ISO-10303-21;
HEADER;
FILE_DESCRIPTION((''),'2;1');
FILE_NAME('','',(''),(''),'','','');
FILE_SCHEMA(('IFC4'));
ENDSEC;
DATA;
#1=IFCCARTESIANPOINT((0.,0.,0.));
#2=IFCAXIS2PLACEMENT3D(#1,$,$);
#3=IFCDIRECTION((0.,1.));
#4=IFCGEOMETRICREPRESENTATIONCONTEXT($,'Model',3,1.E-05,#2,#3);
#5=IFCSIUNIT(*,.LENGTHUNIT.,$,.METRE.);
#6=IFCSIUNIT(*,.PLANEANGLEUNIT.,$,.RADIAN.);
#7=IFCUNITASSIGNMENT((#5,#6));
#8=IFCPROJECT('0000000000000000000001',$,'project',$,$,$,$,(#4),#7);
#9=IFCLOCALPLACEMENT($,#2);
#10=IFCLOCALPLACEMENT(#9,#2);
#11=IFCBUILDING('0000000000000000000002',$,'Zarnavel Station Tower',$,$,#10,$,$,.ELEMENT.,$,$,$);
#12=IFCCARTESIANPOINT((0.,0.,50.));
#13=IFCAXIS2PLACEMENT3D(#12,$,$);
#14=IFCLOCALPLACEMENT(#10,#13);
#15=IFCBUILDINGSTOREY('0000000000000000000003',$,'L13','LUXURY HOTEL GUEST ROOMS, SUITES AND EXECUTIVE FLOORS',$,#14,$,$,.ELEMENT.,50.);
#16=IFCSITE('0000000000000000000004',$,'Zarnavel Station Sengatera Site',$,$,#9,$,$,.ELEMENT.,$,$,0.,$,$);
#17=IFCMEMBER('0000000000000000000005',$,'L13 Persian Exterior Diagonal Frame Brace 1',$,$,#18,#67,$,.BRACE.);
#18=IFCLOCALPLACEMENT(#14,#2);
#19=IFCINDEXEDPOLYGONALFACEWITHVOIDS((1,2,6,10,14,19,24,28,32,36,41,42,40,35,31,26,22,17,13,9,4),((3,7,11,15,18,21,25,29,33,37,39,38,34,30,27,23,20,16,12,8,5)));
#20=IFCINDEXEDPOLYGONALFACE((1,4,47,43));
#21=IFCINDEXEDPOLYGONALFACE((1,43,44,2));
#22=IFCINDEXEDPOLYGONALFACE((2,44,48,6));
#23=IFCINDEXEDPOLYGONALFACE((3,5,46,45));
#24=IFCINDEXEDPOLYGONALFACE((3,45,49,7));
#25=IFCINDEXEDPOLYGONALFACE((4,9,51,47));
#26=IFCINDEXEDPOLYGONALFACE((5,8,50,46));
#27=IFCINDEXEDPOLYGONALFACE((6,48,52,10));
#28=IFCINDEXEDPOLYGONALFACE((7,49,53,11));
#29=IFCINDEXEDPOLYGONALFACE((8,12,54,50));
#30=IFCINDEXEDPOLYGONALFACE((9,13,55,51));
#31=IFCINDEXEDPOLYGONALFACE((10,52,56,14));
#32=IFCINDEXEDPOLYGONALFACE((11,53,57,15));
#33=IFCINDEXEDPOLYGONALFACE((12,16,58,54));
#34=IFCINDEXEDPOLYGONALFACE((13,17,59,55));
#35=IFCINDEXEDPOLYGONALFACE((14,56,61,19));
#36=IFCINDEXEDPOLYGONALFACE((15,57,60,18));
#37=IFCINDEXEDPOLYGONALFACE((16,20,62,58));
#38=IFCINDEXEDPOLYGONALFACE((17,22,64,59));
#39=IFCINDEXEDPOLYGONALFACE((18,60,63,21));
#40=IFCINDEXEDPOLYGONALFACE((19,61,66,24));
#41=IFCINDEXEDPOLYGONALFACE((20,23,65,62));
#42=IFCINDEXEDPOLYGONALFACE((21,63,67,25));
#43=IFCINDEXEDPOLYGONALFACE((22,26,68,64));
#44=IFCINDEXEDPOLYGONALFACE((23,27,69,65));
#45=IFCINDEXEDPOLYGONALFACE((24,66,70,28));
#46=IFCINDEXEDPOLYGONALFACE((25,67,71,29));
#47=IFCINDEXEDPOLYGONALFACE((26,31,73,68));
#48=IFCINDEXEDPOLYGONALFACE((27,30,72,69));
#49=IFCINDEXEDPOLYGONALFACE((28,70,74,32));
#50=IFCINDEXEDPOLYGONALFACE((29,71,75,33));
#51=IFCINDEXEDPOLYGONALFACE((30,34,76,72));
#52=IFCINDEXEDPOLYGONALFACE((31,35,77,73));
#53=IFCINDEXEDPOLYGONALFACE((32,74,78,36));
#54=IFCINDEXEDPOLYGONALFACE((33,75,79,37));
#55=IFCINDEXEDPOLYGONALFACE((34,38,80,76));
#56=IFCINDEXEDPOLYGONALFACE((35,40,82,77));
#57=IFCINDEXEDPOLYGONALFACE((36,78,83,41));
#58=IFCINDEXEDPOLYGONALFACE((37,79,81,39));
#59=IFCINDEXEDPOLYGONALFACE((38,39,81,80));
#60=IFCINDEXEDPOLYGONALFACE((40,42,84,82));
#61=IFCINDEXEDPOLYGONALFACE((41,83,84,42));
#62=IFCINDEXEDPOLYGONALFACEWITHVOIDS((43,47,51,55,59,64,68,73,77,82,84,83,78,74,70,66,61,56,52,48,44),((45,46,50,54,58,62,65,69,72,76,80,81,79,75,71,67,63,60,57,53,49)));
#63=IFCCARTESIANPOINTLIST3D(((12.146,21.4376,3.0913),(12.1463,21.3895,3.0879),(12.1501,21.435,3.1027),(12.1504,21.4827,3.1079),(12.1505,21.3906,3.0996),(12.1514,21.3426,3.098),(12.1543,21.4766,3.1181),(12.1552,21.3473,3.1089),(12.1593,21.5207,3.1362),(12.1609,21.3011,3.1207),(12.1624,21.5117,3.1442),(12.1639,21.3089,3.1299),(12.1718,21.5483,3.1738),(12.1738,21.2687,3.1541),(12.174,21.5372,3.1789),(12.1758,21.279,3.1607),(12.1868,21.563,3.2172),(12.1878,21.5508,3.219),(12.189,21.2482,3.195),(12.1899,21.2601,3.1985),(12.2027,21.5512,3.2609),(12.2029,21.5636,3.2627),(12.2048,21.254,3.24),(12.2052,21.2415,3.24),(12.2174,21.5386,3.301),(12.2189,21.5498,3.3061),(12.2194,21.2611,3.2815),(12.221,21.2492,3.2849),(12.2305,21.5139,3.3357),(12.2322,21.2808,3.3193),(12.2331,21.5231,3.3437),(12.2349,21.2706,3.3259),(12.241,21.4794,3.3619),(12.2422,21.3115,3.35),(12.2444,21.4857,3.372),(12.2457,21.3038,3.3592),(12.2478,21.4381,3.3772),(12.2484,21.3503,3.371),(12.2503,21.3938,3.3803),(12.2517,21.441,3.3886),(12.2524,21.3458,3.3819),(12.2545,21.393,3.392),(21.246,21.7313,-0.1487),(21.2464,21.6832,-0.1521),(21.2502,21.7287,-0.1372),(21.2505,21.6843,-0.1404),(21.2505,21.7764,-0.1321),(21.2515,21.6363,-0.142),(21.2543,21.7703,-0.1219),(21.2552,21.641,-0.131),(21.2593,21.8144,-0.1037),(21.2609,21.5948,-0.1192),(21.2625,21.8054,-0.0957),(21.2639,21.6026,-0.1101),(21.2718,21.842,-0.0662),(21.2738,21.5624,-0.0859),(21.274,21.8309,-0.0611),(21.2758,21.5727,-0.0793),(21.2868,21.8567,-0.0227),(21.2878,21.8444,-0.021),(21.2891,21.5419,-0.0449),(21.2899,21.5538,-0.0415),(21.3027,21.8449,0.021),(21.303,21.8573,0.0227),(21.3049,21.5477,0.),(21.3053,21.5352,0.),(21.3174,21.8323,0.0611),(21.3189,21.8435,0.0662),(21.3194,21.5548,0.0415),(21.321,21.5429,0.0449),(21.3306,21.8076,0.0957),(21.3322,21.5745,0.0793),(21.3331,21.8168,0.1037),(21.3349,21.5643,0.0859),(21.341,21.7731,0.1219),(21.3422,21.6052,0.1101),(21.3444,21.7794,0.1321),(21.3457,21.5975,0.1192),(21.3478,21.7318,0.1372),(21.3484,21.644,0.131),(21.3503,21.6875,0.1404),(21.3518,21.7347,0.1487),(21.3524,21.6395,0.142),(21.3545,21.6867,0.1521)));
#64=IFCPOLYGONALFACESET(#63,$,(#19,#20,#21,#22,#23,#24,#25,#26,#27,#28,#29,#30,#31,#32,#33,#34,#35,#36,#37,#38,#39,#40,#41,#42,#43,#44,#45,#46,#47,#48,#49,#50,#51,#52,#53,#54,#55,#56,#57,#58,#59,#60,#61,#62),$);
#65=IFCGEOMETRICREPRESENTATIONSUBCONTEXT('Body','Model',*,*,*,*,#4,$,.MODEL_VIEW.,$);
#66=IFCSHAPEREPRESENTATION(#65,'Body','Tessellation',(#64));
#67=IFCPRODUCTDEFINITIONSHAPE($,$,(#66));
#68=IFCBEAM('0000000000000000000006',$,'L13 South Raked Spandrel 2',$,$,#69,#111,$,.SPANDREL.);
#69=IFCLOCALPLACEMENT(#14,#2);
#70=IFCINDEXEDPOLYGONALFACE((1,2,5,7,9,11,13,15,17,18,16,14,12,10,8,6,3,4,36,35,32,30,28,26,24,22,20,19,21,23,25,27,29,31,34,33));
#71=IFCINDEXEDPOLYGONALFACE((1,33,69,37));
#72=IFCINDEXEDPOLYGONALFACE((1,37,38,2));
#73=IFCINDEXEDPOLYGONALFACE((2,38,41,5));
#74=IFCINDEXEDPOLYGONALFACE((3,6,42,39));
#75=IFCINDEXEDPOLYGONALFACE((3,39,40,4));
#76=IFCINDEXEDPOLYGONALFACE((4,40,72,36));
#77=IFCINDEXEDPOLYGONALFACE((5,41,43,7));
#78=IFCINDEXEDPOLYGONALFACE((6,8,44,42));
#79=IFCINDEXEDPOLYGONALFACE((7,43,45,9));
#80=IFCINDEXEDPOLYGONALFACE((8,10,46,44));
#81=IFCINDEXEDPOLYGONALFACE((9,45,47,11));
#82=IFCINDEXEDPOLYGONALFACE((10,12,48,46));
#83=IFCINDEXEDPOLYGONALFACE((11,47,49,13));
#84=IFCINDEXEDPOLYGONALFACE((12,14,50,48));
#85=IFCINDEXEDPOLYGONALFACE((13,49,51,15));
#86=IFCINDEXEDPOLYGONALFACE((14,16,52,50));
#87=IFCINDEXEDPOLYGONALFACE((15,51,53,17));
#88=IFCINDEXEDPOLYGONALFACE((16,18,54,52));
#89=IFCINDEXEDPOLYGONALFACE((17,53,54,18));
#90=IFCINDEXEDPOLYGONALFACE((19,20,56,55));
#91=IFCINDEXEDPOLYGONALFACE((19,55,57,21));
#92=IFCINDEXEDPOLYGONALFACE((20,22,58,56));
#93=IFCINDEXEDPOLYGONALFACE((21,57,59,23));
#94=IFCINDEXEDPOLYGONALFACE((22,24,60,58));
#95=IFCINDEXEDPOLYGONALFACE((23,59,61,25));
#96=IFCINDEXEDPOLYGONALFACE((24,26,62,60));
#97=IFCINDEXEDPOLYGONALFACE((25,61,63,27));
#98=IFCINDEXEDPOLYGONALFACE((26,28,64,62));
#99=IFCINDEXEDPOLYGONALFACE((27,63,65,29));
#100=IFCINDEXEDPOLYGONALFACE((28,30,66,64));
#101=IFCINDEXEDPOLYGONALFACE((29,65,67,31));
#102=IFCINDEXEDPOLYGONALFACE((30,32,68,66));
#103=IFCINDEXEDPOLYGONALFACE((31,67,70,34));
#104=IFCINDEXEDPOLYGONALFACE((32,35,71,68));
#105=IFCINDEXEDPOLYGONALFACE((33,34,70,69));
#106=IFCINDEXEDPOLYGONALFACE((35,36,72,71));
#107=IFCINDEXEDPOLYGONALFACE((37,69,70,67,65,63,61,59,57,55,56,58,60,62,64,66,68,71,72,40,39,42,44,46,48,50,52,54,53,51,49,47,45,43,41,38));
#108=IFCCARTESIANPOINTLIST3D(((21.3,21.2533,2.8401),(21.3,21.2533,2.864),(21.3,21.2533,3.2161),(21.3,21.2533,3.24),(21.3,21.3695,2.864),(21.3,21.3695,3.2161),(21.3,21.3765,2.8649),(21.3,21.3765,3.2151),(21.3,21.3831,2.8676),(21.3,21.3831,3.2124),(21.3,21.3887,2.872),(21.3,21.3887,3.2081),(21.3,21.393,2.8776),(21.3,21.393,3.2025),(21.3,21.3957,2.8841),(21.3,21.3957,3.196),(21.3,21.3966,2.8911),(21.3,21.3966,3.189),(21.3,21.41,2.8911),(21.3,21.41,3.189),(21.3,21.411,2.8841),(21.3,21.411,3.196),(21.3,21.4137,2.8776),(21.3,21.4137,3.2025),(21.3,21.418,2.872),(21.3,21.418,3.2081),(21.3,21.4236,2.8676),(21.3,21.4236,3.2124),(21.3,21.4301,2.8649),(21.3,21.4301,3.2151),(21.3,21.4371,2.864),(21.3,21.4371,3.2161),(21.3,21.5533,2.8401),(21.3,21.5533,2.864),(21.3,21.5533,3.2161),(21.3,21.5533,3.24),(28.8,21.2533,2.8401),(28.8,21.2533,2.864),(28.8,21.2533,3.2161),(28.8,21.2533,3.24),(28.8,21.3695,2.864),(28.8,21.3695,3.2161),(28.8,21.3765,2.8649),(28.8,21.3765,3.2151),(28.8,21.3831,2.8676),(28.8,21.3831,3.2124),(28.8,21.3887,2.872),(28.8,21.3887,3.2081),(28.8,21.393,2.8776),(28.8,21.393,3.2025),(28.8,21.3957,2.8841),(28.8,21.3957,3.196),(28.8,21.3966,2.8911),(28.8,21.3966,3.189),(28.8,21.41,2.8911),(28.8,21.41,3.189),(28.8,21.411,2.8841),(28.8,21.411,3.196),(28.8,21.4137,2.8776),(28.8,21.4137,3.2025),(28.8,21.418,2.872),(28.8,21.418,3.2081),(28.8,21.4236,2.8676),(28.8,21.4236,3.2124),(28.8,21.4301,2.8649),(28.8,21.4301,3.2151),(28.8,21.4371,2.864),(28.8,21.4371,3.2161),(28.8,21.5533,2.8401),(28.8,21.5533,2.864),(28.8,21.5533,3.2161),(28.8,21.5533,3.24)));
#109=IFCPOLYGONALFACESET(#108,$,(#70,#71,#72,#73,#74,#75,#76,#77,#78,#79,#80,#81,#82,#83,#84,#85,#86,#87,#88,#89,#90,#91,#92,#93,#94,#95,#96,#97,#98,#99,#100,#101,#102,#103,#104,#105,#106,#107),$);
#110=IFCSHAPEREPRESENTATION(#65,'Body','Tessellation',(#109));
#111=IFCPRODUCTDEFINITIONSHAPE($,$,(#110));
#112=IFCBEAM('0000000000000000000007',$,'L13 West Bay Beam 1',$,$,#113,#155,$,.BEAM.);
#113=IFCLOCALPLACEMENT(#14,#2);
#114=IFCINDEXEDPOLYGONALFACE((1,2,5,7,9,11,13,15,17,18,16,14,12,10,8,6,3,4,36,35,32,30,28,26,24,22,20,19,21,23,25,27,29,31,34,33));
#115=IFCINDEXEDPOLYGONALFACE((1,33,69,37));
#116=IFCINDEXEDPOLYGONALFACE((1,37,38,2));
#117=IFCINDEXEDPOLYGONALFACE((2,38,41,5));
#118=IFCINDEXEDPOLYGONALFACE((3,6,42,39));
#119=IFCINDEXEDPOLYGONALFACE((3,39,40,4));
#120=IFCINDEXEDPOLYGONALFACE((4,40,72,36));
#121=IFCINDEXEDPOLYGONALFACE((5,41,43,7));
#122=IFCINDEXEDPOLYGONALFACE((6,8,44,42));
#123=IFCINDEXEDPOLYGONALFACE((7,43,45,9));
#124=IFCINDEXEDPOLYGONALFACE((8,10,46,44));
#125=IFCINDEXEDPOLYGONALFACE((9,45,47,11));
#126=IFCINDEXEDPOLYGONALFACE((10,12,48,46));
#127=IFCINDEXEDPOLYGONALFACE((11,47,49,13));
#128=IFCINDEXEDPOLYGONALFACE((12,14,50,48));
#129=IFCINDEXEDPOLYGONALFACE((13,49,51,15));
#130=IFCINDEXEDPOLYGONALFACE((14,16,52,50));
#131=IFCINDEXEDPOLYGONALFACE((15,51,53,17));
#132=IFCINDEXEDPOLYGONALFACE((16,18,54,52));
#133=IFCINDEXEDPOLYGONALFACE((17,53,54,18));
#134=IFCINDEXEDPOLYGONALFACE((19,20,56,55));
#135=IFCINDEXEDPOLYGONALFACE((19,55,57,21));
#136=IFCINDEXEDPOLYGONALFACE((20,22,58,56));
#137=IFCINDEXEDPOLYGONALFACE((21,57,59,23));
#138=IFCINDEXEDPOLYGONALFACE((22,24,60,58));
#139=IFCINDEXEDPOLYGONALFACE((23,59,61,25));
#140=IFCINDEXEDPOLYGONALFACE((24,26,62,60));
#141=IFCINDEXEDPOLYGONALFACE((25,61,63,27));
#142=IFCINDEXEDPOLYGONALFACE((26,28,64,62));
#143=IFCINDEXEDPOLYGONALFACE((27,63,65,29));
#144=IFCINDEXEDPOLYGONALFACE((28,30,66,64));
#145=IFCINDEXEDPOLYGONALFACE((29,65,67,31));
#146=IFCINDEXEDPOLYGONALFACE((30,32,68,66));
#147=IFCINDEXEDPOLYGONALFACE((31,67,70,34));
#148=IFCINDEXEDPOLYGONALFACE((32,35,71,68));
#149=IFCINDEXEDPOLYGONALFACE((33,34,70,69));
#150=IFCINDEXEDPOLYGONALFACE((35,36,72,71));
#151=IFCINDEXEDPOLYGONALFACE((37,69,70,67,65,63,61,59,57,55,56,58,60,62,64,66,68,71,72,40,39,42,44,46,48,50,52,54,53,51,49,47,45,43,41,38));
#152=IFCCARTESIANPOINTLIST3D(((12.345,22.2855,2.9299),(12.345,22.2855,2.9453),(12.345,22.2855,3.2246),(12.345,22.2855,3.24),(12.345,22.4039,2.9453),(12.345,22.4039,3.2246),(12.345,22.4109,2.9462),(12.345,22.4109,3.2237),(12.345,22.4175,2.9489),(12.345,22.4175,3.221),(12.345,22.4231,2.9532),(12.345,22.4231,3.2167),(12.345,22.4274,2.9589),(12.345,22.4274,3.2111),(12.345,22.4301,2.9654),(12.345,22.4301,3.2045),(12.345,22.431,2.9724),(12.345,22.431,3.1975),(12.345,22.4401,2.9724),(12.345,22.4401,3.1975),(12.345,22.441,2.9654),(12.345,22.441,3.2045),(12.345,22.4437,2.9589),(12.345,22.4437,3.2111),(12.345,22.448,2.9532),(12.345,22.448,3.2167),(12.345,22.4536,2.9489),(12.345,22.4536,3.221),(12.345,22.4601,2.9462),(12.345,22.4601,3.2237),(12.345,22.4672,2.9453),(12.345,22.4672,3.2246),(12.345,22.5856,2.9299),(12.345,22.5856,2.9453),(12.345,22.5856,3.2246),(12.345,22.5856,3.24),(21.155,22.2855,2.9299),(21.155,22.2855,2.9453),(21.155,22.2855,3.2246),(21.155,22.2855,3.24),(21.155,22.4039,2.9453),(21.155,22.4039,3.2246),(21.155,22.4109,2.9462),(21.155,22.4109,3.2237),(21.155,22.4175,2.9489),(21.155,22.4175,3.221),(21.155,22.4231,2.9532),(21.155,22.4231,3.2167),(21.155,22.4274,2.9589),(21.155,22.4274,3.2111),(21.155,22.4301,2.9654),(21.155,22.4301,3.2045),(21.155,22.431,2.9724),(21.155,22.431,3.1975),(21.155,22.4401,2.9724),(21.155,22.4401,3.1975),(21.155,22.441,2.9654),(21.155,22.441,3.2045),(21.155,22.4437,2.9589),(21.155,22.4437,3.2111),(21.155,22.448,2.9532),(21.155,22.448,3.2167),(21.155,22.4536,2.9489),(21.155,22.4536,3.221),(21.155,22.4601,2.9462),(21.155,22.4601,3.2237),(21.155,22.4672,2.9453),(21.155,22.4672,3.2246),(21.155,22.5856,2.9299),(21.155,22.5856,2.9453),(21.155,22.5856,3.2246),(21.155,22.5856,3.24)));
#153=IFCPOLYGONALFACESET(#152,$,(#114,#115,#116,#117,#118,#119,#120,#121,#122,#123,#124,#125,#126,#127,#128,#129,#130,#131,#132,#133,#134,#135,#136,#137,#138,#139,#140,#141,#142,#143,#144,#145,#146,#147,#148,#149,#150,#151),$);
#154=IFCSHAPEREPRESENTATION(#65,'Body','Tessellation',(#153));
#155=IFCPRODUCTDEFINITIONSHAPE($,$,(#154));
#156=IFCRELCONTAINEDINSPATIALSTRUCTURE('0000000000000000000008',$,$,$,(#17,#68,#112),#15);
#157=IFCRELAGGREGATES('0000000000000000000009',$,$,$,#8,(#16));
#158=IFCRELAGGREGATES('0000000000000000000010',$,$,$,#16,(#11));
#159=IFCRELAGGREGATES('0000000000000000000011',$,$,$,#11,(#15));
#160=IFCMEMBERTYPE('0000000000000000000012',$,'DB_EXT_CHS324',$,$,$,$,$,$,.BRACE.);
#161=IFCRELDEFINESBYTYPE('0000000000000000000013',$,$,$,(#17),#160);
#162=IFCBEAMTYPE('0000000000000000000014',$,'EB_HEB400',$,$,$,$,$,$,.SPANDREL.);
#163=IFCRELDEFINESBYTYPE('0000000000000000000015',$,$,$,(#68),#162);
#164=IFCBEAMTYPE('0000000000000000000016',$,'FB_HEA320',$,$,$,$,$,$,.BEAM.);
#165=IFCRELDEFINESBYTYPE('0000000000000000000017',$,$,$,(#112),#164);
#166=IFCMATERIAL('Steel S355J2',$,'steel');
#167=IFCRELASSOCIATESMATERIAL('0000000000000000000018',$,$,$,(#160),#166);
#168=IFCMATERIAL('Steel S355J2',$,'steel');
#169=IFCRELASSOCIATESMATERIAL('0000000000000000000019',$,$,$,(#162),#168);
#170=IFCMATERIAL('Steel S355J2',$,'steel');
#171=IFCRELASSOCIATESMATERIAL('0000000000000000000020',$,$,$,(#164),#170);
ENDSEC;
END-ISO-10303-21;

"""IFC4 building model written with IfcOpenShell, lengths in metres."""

from ifc_helpers import new_model, si_unit, direction, frame, origin, origin_2d, place, context, subcontext, project, spatial, hollow_circle, i_section, extrude, material, material_profile, profile_set, type_object, element, save


model = new_model("IFC4")

# Units and contexts
model_context = context("Model", 3, precision=1e-05, world=origin(), true_north=direction((0.0, 1.0)))
body_context = subcontext(model_context, "Body", "Model", "MODEL_VIEW")
ifc_project = project(units=[si_unit("LENGTHUNIT", "METRE"), si_unit("PLANEANGLEUNIT", "RADIAN")], contexts=[model_context])

# Site, building, storey
site_placement = place(None, origin())
site = spatial("IfcSite", under=ifc_project, at=site_placement, Name="Zarnavel Station Sengatera Site", CompositionType="ELEMENT", RefElevation=0.0)
building_placement = place(site_placement, origin())
building = spatial("IfcBuilding", under=site, at=building_placement, Name="Zarnavel Station Tower", CompositionType="ELEMENT")
storey_placement = place(building_placement, frame((0.0, 0.0, 50.0)))
storey = spatial("IfcBuildingStorey", under=building, at=storey_placement, Name="L13", Description="LUXURY HOTEL GUEST ROOMS, SUITES AND EXECUTIVE FLOORS", CompositionType="ELEMENT", Elevation=50.0)

# Member
ifc_material_1 = material(Name="Steel S355J2", Category="steel")
ifc_material_profile_1 = material_profile(ifc_material_1, hollow_circle(Radius=0.1619, WallThickness=0.0125, at=origin_2d()), Name="CHS323.9x12.5")
ifc_profile_set_1 = profile_set([ifc_material_profile_1], Name="Steel S355J2")
member_type_1 = type_object("IfcMemberType", Name="DB_EXT_CHS324", PredefinedType="BRACE", material=ifc_profile_set_1)
member_1_placement = place(storey_placement, frame((21.3, 21.697, 0.0), z_axis=(-0.941636, -0.030391, 0.335259), x_axis=(0.032258, -0.99948, 0.0)))
element("IfcMember", 1, at=member_1_placement, inside=storey, type_object=member_type_1, Name="L13 Persian Exterior Diagonal Frame Brace 1", PredefinedType="BRACE", context=body_context, shape_type="SweptSolid", body=[
    extrude(hollow_circle(Radius=0.1619, WallThickness=0.0125, at=origin_2d()), origin(), (0.0, 0.0, 1.0), 9.6641),
])

# Beams
ifc_material_2 = material(Name="Steel S355J2", Category="steel")
ifc_material_profile_2 = material_profile(ifc_material_2, i_section(OverallWidth=0.3, OverallDepth=0.3999, WebThickness=0.0134, FlangeThickness=0.0239, FilletRadius=0.0271, at=origin_2d()), Name="HEB400")
ifc_profile_set_2 = profile_set([ifc_material_profile_2], Name="Steel S355J2")
beam_type_1 = type_object("IfcBeamType", Name="EB_HEB400", PredefinedType="SPANDREL", material=ifc_profile_set_2)
beam_1_placement = place(storey_placement, frame((21.3, 21.4033, 3.04), z_axis=(1.0, 0.0, 0.0), x_axis=(0.0, 1.0, 0.0)))
element("IfcBeam", 2, at=beam_1_placement, inside=storey, type_object=beam_type_1, Name="L13 South Raked Spandrel 2", PredefinedType="SPANDREL", context=body_context, shape_type="SweptSolid", body=[
    extrude(i_section(OverallWidth=0.3, OverallDepth=0.3999, WebThickness=0.0134, FlangeThickness=0.0239, FilletRadius=0.0271, at=origin_2d()), origin(), (0.0, 0.0, 1.0), 7.5),
])
ifc_material_3 = material(Name="Steel S355J2", Category="steel")
ifc_material_profile_3 = material_profile(ifc_material_3, i_section(OverallWidth=0.3, OverallDepth=0.3101, WebThickness=0.009, FlangeThickness=0.0154, FilletRadius=0.0271, at=origin_2d()), Name="HEA320")
ifc_profile_set_3 = profile_set([ifc_material_profile_3], Name="Steel S355J2")
beam_type_2 = type_object("IfcBeamType", Name="FB_HEA320", PredefinedType="BEAM", material=ifc_profile_set_3)
beam_2_placement = place(storey_placement, frame((12.345, 22.4355, 3.085), z_axis=(1.0, 0.0, 0.0), x_axis=(0.0, 1.0, 0.0)))
element("IfcBeam", 3, at=beam_2_placement, inside=storey, type_object=beam_type_2, Name="L13 West Bay Beam 1", PredefinedType="BEAM", context=body_context, shape_type="SweptSolid", body=[
    extrude(i_section(OverallWidth=0.3, OverallDepth=0.3101, WebThickness=0.009, FlangeThickness=0.0154, FilletRadius=0.0271, at=origin_2d()), origin(), (0.0, 0.0, 1.0), 8.8101),
])

save(model, "model.ifc")
